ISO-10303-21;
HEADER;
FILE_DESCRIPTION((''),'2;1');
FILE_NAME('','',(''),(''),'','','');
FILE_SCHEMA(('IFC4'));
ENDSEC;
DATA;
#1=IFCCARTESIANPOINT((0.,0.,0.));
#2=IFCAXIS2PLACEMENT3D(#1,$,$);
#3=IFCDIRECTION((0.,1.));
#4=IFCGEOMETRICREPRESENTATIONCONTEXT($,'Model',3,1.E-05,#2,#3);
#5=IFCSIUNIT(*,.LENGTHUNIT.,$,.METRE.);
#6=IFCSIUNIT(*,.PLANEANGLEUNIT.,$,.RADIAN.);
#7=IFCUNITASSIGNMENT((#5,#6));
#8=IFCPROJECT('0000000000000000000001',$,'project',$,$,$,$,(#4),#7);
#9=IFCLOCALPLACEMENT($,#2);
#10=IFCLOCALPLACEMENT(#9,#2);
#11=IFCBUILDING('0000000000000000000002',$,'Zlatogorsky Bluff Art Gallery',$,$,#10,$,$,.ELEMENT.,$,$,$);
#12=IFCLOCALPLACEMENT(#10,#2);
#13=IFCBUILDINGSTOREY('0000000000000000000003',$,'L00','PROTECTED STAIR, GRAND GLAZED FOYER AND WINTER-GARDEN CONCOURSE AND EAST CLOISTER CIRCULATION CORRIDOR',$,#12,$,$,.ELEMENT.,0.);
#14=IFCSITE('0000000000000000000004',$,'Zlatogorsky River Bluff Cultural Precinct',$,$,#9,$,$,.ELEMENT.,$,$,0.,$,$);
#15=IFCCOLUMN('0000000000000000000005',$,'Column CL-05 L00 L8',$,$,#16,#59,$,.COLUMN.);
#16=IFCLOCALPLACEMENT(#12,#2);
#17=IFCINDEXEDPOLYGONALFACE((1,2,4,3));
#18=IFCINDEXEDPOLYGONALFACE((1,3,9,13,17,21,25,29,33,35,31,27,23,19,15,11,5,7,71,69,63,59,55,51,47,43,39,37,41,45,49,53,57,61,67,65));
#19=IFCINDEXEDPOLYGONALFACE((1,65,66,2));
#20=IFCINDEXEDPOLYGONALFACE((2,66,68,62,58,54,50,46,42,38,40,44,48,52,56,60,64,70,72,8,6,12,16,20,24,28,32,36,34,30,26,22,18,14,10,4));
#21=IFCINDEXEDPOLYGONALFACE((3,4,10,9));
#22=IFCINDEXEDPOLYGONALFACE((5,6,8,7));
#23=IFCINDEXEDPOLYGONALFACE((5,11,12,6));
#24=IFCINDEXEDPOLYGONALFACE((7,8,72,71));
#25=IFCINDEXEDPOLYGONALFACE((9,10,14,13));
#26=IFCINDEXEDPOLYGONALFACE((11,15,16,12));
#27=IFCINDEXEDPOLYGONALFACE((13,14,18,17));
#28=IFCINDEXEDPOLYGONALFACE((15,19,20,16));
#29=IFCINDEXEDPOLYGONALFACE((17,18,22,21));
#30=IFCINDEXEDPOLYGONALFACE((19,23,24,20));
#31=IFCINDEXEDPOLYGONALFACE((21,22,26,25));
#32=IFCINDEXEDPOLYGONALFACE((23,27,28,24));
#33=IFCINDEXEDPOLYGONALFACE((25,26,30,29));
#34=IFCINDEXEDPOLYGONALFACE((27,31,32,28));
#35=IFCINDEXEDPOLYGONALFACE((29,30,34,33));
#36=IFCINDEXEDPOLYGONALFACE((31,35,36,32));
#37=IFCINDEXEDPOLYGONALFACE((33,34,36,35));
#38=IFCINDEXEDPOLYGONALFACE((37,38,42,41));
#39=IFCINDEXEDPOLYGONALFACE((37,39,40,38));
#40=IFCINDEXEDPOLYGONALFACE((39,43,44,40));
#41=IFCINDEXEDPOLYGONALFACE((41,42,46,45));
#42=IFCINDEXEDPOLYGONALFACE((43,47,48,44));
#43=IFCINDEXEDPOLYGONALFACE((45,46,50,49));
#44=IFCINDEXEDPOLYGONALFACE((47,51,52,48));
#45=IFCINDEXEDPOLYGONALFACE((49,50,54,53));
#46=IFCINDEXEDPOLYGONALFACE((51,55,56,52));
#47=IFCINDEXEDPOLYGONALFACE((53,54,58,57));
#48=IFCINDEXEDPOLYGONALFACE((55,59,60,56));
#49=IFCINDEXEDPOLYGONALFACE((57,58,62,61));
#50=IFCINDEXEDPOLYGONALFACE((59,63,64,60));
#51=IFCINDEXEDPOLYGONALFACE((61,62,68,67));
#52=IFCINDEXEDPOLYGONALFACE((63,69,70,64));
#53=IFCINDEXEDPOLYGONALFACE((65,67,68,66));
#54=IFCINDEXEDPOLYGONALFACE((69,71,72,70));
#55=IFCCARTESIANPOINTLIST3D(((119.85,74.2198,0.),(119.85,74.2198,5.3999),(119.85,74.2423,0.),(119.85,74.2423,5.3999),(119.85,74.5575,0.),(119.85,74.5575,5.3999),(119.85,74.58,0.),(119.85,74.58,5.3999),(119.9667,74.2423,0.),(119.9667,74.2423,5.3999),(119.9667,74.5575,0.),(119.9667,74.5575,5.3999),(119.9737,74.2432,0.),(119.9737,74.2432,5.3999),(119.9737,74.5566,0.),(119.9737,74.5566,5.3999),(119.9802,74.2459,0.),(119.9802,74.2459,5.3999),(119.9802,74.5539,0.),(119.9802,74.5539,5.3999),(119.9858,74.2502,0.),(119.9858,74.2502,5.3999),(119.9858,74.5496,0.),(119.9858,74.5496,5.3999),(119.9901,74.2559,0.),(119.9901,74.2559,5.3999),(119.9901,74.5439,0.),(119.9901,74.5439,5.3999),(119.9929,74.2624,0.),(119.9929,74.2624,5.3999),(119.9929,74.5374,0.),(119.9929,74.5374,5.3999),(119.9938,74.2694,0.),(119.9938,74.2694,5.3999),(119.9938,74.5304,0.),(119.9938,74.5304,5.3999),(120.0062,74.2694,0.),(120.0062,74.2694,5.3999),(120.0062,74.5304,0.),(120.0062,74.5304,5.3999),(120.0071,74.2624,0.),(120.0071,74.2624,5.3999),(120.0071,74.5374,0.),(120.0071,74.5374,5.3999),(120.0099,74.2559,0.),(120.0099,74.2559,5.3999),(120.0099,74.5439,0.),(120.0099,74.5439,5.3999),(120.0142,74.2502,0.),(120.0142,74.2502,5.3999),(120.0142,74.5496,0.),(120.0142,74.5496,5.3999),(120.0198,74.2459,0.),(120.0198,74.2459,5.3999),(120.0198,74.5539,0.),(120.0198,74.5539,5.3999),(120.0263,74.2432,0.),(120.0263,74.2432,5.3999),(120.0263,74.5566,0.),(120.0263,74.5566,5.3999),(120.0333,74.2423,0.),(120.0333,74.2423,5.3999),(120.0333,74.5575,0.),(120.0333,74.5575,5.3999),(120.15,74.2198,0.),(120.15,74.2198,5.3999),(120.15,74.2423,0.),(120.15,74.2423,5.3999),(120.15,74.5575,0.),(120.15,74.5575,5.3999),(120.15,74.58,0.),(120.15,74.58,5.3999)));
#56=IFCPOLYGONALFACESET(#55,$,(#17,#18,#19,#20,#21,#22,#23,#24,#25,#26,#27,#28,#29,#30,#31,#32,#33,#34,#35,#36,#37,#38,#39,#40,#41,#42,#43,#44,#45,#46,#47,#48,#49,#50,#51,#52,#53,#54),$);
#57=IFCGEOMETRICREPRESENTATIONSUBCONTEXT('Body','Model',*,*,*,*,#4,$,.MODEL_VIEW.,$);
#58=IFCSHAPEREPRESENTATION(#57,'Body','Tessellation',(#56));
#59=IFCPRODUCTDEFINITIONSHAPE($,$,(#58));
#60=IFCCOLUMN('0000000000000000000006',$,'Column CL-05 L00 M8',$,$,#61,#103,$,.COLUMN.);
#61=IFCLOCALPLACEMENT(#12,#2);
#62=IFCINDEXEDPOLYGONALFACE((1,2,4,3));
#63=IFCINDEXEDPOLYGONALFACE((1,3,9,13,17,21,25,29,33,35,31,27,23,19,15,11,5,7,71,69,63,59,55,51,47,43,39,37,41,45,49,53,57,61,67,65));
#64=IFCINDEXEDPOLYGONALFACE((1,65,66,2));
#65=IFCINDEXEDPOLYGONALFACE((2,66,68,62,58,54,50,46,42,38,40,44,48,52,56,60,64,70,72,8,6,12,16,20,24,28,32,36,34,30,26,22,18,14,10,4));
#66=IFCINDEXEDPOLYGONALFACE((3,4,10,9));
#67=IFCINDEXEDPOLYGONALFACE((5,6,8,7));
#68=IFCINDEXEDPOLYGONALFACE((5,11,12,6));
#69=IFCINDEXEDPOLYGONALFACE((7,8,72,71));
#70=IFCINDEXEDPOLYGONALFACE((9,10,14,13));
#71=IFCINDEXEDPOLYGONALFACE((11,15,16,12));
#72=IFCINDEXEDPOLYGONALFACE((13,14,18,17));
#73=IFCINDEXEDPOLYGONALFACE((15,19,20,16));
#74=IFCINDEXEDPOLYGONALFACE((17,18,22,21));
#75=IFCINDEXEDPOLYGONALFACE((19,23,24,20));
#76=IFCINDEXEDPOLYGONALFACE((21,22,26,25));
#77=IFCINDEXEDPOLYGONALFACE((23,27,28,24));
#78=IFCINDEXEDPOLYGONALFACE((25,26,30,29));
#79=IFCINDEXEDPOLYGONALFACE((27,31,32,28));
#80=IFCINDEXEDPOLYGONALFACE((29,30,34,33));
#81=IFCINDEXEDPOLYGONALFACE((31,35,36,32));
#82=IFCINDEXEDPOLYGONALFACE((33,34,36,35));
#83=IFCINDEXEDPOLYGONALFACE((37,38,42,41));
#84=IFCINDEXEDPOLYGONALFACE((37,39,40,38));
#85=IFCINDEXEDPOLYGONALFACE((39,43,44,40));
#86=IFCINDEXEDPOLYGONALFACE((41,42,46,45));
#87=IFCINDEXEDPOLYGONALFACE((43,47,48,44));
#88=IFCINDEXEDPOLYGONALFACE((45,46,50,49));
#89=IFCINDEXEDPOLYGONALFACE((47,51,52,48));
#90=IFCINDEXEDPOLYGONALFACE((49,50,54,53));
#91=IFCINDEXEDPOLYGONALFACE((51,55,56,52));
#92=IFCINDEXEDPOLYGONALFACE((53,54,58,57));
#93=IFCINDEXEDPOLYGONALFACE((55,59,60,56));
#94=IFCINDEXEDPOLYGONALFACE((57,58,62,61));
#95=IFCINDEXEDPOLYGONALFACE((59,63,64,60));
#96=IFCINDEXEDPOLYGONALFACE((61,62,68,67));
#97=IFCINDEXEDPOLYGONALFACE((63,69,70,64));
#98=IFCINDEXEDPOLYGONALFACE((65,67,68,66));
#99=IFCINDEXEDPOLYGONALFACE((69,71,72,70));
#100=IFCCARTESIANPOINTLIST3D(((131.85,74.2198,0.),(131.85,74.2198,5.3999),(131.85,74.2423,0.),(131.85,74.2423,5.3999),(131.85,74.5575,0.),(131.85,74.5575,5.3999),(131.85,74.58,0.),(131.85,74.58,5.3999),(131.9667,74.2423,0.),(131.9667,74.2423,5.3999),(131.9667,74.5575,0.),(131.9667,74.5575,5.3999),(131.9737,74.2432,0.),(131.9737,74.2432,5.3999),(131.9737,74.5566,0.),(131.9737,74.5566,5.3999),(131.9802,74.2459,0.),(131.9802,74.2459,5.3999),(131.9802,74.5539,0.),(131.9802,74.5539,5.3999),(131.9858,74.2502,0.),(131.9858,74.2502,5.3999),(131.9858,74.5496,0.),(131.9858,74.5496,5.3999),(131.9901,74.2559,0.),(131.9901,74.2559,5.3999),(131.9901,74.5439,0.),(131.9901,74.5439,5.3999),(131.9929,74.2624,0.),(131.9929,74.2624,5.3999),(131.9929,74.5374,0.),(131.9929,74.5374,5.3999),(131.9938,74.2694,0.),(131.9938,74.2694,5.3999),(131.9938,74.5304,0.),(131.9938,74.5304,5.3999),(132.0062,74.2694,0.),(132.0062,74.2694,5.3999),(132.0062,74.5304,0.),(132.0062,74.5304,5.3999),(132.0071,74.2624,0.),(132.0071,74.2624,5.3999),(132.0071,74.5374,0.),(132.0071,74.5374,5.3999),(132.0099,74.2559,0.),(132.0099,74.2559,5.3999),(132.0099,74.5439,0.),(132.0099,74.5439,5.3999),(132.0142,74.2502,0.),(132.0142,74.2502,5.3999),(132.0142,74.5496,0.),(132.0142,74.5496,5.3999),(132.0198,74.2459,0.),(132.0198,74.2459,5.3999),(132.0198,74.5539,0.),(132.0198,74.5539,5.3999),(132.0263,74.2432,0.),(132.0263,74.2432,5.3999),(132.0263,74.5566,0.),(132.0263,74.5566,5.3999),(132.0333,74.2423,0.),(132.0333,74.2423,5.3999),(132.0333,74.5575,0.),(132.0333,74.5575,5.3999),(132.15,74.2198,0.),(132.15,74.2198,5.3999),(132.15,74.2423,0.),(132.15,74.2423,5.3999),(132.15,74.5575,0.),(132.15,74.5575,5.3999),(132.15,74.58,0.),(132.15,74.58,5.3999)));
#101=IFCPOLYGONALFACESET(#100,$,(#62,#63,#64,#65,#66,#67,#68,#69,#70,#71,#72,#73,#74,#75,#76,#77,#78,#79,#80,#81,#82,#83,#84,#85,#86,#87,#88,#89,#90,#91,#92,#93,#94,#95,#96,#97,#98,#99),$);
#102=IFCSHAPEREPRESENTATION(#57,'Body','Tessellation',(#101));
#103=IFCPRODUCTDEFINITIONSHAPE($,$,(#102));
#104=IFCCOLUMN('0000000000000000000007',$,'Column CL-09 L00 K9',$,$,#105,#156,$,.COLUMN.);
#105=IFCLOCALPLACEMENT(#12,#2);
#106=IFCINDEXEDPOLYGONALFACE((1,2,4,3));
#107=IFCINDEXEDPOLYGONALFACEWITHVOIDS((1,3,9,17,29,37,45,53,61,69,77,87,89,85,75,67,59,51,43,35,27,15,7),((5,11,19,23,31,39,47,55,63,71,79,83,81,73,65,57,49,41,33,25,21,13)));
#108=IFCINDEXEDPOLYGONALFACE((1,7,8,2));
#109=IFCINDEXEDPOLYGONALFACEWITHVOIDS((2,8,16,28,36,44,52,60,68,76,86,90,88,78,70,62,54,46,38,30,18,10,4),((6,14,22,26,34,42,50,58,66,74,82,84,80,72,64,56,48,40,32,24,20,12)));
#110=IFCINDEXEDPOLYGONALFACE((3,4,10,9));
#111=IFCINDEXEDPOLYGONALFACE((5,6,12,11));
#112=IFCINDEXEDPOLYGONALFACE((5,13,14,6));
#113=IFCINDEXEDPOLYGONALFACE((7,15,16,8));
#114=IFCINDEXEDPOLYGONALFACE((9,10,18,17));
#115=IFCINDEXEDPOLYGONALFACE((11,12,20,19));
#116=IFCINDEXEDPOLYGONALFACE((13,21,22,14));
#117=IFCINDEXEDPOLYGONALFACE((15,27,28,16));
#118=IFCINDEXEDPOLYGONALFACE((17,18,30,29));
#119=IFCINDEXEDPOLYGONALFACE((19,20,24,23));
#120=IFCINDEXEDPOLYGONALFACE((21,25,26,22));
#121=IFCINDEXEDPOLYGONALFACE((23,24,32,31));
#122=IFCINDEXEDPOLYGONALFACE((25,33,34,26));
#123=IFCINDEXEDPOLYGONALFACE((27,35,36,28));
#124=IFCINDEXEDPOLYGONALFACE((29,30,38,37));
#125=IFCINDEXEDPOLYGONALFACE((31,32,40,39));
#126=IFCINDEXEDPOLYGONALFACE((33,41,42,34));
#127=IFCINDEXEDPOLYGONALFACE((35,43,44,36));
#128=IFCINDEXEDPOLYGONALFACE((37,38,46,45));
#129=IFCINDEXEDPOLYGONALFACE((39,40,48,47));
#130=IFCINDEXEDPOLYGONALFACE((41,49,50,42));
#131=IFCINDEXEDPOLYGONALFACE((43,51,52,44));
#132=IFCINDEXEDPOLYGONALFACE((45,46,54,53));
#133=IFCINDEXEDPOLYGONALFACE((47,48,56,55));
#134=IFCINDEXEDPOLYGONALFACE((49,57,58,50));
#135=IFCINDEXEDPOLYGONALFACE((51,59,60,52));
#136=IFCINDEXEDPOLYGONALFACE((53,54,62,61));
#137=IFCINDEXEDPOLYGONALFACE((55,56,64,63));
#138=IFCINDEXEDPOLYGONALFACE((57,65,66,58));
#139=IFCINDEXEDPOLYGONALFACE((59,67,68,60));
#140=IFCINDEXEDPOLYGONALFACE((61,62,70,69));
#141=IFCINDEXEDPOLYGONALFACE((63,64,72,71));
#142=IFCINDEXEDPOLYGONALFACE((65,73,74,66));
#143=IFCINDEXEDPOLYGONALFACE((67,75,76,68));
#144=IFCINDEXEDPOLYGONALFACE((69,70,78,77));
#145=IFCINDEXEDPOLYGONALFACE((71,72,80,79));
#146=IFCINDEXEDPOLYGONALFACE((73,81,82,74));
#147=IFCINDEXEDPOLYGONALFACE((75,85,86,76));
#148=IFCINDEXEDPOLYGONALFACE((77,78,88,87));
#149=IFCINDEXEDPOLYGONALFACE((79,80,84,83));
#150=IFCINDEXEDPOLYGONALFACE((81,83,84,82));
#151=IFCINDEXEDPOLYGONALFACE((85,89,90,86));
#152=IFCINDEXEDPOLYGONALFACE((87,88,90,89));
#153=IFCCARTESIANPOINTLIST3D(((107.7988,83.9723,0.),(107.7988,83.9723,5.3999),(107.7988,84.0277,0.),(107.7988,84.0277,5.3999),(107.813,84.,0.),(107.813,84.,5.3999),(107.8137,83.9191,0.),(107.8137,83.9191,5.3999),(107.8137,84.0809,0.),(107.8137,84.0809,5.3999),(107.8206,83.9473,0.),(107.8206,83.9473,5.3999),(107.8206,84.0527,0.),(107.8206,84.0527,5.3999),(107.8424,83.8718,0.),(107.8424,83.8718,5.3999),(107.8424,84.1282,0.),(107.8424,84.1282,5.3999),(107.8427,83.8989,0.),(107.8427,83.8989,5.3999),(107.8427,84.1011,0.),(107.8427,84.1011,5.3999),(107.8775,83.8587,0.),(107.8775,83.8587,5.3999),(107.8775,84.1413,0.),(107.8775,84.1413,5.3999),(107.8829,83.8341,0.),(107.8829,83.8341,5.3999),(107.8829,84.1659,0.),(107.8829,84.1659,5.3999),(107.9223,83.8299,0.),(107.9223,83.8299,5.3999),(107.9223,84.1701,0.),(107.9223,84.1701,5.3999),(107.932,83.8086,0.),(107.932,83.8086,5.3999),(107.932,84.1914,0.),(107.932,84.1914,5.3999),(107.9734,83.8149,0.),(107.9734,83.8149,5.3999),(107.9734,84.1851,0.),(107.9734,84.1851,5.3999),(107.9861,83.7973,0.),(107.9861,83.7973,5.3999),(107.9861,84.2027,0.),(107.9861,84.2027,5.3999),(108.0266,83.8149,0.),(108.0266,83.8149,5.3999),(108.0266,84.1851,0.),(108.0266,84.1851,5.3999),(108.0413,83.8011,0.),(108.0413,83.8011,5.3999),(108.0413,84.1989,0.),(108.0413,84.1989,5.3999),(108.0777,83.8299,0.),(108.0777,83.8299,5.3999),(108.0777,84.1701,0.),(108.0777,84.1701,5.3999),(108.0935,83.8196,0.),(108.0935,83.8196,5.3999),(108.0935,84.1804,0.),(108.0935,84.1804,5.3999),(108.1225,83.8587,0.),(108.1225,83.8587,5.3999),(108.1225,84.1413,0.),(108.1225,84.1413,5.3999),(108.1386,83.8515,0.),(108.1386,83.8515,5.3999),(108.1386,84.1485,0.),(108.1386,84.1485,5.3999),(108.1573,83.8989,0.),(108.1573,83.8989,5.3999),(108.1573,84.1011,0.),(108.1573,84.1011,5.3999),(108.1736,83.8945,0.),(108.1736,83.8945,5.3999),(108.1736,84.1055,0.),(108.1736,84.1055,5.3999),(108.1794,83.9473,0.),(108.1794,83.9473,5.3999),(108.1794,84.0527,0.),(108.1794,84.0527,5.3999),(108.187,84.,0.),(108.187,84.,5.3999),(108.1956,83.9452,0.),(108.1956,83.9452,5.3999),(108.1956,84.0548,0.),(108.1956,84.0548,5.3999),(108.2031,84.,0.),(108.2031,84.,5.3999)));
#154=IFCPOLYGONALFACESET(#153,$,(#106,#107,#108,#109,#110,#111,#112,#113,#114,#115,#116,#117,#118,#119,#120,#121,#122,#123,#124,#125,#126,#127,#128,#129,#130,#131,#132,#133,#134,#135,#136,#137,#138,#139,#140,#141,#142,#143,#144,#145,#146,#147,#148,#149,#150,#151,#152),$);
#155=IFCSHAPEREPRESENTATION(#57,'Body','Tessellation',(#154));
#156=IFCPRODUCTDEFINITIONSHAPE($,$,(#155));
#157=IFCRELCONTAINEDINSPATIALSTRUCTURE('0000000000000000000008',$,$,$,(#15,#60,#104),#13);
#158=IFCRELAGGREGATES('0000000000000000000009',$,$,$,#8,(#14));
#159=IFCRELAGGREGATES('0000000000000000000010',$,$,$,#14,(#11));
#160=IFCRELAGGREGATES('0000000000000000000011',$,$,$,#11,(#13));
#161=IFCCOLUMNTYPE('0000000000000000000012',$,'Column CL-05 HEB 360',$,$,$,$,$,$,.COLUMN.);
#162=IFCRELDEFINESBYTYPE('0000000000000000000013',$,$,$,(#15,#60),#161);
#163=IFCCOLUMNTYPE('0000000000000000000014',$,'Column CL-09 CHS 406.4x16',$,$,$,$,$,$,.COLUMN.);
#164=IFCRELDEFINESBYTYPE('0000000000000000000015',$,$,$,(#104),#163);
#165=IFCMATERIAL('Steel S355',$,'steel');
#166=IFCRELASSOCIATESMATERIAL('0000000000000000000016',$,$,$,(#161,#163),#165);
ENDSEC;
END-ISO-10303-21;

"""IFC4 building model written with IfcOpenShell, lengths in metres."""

from ifc_helpers import new_model, si_unit, direction, frame, origin, origin_2d, place, context, subcontext, project, spatial, hollow_circle, i_section, extrude, material, material_profile, profile_set, type_object, element, save


model = new_model("IFC4")

# Units and contexts
model_context = context("Model", 3, precision=1e-05, world=origin(), true_north=direction((0.0, 1.0)))
body_context = subcontext(model_context, "Body", "Model", "MODEL_VIEW")
ifc_project = project(units=[si_unit("LENGTHUNIT", "METRE"), si_unit("PLANEANGLEUNIT", "RADIAN")], contexts=[model_context])

# Site, building, storey
site_placement = place(None, origin())
site = spatial("IfcSite", under=ifc_project, at=site_placement, Name="Zlatogorsky River Bluff Cultural Precinct", CompositionType="ELEMENT", RefElevation=0.0)
building_placement = place(site_placement, origin())
building = spatial("IfcBuilding", under=site, at=building_placement, Name="Zlatogorsky Bluff Art Gallery", CompositionType="ELEMENT")
storey_placement = place(building_placement, origin())
storey = spatial("IfcBuildingStorey", under=building, at=storey_placement, Name="L00", Description="PROTECTED STAIR, GRAND GLAZED FOYER AND WINTER-GARDEN CONCOURSE AND EAST CLOISTER CIRCULATION CORRIDOR", CompositionType="ELEMENT", Elevation=0.0)

# Columns
ifc_material_1 = material(Name="Steel S355", Category="steel")
ifc_material_profile_1 = material_profile(ifc_material_1, i_section(OverallWidth=0.3, OverallDepth=0.3601, WebThickness=0.0125, FlangeThickness=0.0225, FilletRadius=0.0271, at=origin_2d()), Name="HEB 360")
ifc_profile_set_1 = profile_set([ifc_material_profile_1], Name="Steel S355")
column_type_1 = type_object("IfcColumnType", Name="Column CL-05 HEB 360", PredefinedType="COLUMN", material=ifc_profile_set_1)
for number, where, z_axis, x_axis, name in (
    (1, (120.0, 74.3999, 0.0), (0.0, 0.0, 1.0), (1.0, 0.0, 0.0), "Column CL-05 L00 L8"),
    (2, (132.0, 74.3999, 0.0), (0.0, 0.0, 1.0), (1.0, 0.0, 0.0), "Column CL-05 L00 M8"),
):
    element("IfcColumn", number, at=place(storey_placement, frame(where, z_axis=z_axis, x_axis=x_axis)), inside=storey, type_object=column_type_1, Name=name, PredefinedType="COLUMN", context=body_context, shape_type="SweptSolid", body=[
        extrude(i_section(OverallWidth=0.3, OverallDepth=0.3601, WebThickness=0.0125, FlangeThickness=0.0225, FilletRadius=0.0271, at=origin_2d()), origin(), (0.0, 0.0, 1.0), 5.3999),
    ])
ifc_material_profile_2 = material_profile(ifc_material_1, hollow_circle(Radius=0.2031, WallThickness=0.0161, at=origin_2d()), Name="CHS 406.4x16")
ifc_profile_set_2 = profile_set([ifc_material_profile_2], Name="Steel S355")
column_type_2 = type_object("IfcColumnType", Name="Column CL-09 CHS 406.4x16", PredefinedType="COLUMN", material=ifc_profile_set_2)
column_placement = place(storey_placement, frame((108.0, 84.0, 0.0), z_axis=(0.0, 0.0, 1.0), x_axis=(1.0, 0.0, 0.0)))
element("IfcColumn", 3, at=column_placement, inside=storey, type_object=column_type_2, Name="Column CL-09 L00 K9", PredefinedType="COLUMN", context=body_context, shape_type="SweptSolid", body=[
    extrude(hollow_circle(Radius=0.2031, WallThickness=0.0161, at=origin_2d()), origin(), (0.0, 0.0, 1.0), 5.3999),
])

save(model, "model.ifc")
